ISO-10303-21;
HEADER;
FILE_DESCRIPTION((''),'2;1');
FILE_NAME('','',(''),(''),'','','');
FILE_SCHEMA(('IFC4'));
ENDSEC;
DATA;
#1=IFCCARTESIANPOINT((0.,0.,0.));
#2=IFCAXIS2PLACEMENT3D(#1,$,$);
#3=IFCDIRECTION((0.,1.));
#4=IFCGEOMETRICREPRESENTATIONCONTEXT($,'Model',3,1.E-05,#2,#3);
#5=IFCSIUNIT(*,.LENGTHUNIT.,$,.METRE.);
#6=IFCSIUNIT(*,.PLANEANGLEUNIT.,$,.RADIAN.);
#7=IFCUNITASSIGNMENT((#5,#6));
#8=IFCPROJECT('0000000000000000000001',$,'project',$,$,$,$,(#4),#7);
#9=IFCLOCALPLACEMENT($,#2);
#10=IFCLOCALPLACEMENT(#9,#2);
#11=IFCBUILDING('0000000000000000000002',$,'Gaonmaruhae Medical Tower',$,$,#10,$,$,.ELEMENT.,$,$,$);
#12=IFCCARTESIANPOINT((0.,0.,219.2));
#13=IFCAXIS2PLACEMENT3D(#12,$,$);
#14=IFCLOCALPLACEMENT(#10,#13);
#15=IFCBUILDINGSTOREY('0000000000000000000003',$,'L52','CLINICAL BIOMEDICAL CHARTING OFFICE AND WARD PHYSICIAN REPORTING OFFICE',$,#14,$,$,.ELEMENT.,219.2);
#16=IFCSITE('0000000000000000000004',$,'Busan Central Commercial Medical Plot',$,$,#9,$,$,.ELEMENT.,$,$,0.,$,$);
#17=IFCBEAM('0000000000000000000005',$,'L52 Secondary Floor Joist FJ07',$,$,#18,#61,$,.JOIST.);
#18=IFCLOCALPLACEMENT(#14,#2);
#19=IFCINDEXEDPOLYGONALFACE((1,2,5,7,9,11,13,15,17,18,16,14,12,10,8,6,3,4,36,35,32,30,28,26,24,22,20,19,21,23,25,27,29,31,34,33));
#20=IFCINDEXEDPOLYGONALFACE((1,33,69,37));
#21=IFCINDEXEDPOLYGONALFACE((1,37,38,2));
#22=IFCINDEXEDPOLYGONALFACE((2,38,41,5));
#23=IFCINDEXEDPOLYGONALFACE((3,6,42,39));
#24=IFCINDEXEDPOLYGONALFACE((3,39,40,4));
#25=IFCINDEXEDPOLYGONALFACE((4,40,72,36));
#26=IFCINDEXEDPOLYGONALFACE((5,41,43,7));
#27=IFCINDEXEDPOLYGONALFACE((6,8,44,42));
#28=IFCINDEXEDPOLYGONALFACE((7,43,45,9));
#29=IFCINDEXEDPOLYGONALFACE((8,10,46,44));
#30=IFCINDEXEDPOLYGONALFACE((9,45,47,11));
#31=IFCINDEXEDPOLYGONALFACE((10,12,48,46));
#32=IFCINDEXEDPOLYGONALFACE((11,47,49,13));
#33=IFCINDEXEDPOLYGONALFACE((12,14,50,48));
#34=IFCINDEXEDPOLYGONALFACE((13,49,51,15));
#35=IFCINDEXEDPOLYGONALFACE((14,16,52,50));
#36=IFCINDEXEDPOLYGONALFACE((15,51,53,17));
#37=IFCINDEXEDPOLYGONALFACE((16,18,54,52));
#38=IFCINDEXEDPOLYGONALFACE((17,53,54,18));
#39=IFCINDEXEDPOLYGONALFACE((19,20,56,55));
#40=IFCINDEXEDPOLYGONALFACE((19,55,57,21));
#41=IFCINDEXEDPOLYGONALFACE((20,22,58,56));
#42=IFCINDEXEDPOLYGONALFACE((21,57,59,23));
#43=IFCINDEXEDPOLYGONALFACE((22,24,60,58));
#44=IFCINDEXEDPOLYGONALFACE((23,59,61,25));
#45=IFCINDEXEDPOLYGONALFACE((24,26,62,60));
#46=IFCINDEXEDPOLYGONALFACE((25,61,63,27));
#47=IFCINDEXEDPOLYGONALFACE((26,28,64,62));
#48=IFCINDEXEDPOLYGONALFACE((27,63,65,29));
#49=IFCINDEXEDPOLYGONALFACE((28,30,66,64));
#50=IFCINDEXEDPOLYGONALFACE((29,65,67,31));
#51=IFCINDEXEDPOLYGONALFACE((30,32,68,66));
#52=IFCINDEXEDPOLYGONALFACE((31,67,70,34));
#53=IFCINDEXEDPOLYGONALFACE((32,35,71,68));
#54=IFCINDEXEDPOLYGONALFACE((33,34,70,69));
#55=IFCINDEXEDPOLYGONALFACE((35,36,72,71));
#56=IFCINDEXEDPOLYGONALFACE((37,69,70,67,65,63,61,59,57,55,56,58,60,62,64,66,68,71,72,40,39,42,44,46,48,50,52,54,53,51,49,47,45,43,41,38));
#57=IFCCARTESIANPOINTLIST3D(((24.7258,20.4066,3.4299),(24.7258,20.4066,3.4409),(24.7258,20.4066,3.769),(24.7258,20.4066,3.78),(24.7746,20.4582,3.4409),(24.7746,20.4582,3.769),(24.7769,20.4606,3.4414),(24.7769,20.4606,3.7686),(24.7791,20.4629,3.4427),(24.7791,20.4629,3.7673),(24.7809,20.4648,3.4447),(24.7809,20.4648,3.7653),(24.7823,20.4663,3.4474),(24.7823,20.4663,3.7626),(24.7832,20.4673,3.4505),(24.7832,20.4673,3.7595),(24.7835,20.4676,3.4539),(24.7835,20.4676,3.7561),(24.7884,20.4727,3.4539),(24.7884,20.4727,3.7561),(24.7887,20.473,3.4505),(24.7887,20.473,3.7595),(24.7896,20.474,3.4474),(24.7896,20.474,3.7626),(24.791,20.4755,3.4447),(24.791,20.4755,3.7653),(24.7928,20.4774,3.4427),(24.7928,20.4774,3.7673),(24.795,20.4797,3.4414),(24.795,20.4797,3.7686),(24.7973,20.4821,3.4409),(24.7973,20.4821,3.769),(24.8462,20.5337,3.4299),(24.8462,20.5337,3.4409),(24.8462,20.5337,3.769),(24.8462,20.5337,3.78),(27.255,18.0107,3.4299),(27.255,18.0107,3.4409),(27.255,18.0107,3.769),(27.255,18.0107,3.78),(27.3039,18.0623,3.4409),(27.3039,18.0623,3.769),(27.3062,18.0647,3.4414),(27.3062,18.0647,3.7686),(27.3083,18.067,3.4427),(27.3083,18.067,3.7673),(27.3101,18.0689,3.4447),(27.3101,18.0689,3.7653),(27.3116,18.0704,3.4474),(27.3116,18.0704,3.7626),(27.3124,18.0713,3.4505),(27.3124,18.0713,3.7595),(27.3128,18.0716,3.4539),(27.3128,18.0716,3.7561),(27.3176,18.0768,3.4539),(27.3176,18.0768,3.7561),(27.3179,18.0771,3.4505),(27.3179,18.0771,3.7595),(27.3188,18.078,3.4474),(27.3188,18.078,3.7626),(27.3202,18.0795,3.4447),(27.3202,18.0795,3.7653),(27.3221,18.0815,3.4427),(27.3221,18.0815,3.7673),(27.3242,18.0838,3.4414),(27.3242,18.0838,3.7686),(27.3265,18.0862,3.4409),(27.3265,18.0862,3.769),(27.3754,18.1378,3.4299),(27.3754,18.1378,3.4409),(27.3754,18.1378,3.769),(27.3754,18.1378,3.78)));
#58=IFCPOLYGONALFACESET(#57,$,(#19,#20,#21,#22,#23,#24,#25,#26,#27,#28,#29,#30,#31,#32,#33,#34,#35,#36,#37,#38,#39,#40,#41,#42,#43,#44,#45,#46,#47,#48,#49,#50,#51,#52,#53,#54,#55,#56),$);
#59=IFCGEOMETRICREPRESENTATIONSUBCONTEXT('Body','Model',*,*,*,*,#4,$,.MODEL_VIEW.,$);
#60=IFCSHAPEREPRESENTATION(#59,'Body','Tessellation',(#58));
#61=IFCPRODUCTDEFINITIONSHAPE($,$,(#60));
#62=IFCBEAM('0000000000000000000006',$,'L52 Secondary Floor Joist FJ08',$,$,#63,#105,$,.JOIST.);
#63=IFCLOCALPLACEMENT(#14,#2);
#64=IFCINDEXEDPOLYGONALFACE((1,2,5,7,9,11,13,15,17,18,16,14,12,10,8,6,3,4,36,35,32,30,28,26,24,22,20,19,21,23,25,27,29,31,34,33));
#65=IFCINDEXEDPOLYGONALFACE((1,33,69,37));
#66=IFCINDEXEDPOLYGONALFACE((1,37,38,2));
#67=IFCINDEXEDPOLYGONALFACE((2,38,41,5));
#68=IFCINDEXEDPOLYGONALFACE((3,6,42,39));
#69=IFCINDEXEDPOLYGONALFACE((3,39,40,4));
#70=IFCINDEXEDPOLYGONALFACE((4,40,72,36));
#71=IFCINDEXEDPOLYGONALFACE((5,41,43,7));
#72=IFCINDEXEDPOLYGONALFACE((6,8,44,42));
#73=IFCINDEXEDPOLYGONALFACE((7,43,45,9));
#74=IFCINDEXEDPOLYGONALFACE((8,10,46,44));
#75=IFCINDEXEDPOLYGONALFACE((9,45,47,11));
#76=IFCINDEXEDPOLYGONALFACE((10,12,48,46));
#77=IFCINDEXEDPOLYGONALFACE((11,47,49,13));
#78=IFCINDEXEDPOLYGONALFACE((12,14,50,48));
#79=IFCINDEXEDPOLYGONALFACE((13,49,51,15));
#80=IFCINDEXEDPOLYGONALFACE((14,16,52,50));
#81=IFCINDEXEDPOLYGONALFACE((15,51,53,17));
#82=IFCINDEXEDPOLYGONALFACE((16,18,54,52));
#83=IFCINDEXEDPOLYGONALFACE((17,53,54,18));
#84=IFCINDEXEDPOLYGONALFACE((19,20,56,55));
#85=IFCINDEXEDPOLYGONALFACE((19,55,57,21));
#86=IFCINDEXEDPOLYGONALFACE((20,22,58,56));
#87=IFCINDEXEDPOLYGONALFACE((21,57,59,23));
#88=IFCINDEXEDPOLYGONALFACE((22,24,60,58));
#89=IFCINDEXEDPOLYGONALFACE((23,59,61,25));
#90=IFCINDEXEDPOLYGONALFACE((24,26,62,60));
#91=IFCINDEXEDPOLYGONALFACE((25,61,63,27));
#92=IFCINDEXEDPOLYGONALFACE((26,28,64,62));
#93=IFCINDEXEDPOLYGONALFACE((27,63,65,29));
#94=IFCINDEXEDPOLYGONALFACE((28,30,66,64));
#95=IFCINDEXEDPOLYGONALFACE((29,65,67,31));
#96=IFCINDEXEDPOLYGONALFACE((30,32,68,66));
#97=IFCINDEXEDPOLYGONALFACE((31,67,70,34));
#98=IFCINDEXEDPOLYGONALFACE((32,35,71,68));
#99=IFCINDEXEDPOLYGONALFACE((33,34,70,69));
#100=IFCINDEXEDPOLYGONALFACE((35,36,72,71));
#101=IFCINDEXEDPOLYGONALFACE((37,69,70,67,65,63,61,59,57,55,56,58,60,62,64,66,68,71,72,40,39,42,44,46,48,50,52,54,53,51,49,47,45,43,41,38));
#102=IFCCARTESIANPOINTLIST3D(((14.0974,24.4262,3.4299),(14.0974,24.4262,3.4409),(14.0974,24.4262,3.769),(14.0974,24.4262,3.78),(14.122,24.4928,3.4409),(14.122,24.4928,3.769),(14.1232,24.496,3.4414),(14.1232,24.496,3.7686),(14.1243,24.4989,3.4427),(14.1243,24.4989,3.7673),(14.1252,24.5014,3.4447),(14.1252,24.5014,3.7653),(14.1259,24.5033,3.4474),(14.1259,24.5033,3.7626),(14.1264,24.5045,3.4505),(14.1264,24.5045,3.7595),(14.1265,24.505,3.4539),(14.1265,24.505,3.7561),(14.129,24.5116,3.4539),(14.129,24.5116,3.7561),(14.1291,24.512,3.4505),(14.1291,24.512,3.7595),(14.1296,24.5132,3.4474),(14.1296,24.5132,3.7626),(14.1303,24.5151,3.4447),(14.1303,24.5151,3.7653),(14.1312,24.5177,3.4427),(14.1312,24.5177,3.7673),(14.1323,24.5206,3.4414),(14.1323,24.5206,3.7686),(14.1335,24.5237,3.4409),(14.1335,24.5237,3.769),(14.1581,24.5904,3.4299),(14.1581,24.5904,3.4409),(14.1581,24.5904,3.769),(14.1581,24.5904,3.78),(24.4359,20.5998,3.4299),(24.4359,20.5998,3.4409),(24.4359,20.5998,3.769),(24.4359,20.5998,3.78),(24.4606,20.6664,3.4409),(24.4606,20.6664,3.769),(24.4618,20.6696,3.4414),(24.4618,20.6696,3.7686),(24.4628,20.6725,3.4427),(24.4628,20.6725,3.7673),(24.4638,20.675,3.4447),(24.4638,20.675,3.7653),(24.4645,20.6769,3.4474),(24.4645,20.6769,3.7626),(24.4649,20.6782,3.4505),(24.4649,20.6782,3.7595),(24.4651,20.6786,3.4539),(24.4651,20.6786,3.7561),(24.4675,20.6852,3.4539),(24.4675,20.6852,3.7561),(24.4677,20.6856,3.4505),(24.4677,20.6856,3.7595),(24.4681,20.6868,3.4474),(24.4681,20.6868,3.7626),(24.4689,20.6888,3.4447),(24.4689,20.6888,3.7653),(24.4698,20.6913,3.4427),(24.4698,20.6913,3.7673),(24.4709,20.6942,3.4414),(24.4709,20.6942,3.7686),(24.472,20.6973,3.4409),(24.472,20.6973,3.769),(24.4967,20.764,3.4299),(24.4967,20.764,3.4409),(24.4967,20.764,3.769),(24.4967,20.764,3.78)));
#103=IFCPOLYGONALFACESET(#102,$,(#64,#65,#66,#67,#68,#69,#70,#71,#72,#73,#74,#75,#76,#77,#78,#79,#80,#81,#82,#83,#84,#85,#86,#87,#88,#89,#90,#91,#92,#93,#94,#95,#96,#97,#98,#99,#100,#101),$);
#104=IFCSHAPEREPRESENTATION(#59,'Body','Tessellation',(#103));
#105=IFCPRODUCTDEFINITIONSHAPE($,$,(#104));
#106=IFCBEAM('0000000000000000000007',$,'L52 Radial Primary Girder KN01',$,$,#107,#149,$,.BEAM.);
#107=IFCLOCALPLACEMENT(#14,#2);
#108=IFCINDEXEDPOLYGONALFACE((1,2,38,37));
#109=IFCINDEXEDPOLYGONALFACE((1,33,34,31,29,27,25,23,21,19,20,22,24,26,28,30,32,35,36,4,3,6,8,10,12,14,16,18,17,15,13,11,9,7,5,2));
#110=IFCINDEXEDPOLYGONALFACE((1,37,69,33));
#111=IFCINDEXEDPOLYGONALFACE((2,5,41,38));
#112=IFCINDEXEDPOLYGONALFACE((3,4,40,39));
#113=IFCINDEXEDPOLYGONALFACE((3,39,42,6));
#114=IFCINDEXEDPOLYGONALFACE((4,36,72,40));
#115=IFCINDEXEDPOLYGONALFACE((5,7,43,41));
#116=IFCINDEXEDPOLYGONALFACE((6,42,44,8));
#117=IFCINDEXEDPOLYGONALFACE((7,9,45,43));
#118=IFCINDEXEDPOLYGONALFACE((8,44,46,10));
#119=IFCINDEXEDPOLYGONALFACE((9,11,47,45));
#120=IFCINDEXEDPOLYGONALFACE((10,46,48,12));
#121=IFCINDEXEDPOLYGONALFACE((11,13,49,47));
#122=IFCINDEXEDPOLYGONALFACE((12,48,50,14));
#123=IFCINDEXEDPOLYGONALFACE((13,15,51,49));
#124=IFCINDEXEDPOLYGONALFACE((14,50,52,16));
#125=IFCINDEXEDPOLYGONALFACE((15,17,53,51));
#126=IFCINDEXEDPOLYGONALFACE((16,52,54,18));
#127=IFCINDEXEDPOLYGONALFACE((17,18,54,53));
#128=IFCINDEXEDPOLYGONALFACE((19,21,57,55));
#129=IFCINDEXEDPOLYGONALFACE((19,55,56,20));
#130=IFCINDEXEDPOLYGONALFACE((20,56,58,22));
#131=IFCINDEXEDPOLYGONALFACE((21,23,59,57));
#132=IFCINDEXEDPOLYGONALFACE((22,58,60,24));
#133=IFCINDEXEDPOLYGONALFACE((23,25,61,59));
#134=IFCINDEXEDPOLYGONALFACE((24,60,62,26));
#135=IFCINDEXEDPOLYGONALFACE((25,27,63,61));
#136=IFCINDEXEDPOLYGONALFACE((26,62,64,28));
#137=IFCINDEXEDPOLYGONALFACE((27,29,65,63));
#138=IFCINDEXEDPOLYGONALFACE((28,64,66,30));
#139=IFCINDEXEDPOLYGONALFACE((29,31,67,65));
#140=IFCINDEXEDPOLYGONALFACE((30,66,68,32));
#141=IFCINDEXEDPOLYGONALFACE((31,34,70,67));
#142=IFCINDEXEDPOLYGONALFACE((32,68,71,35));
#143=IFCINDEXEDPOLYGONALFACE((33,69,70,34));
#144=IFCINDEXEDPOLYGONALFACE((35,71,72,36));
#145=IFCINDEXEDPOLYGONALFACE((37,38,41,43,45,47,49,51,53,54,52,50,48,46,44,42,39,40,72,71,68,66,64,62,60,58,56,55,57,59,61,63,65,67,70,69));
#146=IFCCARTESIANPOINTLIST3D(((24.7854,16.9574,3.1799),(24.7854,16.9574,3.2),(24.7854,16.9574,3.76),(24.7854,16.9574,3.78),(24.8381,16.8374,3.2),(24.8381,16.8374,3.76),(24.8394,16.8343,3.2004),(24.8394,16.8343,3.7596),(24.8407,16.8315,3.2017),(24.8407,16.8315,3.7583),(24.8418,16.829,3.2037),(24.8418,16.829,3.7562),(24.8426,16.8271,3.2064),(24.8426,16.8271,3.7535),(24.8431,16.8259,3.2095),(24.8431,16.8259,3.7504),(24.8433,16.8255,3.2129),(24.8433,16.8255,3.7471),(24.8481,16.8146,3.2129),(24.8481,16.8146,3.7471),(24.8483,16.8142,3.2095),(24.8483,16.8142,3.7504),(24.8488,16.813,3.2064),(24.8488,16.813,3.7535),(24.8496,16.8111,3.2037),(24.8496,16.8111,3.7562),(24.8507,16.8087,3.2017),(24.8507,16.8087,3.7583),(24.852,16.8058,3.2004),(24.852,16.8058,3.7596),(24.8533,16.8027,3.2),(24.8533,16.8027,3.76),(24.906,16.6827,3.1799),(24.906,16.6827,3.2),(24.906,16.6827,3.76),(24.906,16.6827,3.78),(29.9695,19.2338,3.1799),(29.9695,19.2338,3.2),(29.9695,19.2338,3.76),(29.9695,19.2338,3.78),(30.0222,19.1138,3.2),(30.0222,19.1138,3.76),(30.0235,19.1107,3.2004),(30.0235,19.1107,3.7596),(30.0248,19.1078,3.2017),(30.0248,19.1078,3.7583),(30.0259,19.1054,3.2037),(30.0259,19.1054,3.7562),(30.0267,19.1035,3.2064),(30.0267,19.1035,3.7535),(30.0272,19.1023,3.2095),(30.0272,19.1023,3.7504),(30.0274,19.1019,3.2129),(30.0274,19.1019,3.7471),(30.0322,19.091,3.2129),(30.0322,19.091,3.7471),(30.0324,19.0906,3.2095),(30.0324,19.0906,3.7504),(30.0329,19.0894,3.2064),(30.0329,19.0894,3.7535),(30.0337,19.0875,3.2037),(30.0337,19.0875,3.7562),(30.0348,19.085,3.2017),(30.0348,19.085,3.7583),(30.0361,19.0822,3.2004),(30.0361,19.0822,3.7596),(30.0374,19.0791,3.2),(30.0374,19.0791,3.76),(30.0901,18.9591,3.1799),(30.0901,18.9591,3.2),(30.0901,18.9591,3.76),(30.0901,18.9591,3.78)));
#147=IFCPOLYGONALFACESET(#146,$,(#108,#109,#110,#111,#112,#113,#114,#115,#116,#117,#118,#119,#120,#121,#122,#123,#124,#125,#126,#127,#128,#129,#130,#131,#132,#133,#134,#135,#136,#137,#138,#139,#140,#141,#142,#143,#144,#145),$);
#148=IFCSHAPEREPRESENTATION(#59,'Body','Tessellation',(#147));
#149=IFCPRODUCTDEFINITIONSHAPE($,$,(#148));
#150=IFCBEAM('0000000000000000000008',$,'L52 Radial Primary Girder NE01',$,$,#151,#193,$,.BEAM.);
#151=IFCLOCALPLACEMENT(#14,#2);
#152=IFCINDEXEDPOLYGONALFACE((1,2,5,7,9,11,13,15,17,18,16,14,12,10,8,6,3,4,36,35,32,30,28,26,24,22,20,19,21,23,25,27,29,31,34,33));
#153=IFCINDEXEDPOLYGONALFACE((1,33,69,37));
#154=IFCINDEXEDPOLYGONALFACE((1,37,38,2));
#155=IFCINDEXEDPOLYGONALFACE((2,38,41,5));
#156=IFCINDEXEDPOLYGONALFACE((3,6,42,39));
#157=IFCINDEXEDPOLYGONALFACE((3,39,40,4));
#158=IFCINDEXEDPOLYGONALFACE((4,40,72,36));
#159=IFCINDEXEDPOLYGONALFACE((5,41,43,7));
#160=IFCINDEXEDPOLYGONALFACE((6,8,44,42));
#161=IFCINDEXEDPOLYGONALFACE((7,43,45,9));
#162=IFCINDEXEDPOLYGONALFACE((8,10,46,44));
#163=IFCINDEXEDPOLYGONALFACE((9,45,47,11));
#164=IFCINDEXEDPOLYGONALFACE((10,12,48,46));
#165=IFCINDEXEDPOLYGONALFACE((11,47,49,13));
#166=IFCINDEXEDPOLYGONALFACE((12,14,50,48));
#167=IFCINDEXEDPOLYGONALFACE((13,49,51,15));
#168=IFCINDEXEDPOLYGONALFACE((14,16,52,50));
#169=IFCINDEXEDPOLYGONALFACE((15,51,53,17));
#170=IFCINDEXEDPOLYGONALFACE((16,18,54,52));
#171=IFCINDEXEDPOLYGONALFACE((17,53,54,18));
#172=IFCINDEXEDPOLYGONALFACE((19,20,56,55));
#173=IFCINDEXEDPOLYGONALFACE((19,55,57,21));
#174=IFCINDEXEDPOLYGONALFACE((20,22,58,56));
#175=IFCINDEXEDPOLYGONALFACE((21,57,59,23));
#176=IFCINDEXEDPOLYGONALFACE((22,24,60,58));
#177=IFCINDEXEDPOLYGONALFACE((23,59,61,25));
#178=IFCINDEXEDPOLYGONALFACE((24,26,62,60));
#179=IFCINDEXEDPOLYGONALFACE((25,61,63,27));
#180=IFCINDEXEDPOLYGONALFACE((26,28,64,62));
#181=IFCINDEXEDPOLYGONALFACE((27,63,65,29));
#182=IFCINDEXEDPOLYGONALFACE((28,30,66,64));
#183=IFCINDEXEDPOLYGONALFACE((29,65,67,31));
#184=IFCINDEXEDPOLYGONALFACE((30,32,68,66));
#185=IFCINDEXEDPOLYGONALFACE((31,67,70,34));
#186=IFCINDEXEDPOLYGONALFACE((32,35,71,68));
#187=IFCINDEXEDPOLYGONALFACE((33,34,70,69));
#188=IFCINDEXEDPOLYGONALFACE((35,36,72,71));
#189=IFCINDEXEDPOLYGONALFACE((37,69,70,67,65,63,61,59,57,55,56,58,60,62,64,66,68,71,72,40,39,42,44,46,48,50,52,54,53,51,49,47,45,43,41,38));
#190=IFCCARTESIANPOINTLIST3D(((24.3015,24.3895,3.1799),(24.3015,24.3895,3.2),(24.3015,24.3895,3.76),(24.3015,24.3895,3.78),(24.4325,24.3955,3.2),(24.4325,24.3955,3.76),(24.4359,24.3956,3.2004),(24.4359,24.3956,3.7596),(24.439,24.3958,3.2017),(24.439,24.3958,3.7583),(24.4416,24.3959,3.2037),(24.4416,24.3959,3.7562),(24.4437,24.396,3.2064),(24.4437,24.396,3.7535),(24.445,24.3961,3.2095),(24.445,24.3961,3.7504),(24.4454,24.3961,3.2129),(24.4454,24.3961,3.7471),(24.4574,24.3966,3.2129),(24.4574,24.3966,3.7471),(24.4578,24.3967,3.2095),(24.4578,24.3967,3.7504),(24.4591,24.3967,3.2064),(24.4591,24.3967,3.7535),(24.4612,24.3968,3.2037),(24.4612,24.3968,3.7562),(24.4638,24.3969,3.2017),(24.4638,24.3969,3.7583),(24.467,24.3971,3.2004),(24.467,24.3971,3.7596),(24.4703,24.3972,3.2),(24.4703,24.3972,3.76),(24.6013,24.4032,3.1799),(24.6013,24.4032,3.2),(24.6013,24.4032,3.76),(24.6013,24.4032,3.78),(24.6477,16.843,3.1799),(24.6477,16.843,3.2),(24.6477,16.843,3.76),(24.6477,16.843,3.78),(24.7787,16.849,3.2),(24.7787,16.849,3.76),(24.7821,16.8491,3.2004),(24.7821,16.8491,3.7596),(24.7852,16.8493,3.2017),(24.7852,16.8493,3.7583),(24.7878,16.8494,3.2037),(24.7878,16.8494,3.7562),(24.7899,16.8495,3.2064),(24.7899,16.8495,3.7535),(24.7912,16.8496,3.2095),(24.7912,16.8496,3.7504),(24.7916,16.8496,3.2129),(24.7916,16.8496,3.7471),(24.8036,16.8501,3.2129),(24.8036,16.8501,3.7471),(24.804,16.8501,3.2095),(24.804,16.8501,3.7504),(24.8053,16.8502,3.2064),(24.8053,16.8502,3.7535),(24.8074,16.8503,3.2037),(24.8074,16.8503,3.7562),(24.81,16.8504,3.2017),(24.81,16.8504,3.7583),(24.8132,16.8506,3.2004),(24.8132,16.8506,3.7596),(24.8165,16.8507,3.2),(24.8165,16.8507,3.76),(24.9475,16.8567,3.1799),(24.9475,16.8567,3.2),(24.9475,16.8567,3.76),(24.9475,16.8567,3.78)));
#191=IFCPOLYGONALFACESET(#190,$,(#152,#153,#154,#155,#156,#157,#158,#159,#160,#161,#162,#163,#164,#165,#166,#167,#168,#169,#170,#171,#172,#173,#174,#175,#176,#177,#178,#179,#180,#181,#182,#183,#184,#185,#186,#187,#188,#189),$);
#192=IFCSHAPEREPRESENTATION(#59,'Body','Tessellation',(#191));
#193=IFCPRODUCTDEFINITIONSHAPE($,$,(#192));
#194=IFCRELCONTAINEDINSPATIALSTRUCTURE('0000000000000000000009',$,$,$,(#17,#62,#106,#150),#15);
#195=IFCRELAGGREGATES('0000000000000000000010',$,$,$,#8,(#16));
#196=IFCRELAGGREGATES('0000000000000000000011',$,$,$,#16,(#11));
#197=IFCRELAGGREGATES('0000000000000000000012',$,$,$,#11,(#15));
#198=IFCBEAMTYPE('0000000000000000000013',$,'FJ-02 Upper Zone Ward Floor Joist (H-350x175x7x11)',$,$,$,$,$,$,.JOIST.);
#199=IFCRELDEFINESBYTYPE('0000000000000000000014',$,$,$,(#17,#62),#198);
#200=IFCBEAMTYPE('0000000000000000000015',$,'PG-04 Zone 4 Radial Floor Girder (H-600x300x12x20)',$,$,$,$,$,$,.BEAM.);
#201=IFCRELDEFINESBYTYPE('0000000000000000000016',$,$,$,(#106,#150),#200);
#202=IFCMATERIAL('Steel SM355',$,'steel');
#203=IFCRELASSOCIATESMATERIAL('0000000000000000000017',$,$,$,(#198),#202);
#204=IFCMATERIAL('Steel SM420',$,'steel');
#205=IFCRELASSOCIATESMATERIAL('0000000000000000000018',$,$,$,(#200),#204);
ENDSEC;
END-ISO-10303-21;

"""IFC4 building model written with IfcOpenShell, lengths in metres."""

from ifc_helpers import new_model, si_unit, direction, frame, origin, origin_2d, place, context, subcontext, project, spatial, i_section, extrude, material, material_profile, profile_set, type_object, element, save


model = new_model("IFC4")

# Units and contexts
model_context = context("Model", 3, precision=1e-05, world=origin(), true_north=direction((0.0, 1.0)))
body_context = subcontext(model_context, "Body", "Model", "MODEL_VIEW")
ifc_project = project(units=[si_unit("LENGTHUNIT", "METRE"), si_unit("PLANEANGLEUNIT", "RADIAN")], contexts=[model_context])

# Site, building, storey
site_placement = place(None, origin())
site = spatial("IfcSite", under=ifc_project, at=site_placement, Name="Busan Central Commercial Medical Plot", CompositionType="ELEMENT", RefElevation=0.0)
building_placement = place(site_placement, origin())
building = spatial("IfcBuilding", under=site, at=building_placement, Name="Gaonmaruhae Medical Tower", CompositionType="ELEMENT")
storey_placement = place(building_placement, frame((0.0, 0.0, 219.2)))
storey = spatial("IfcBuildingStorey", under=building, at=storey_placement, Name="L52", Description="CLINICAL BIOMEDICAL CHARTING OFFICE AND WARD PHYSICIAN REPORTING OFFICE", CompositionType="ELEMENT", Elevation=219.2)

# Beams
ifc_material_1 = material(Name="Steel SM355", Category="steel")
ifc_material_profile_1 = material_profile(ifc_material_1, i_section(OverallWidth=0.175, OverallDepth=0.3501, WebThickness=0.0071, FlangeThickness=0.011, FilletRadius=0.0129, at=origin_2d()), Name="H-350x175x7x11")
ifc_profile_set_1 = profile_set([ifc_material_profile_1], Name="Steel SM355")
beam_type_1 = type_object("IfcBeamType", Name="FJ-02 Upper Zone Ward Floor Joist (H-350x175x7x11)", PredefinedType="JOIST", material=ifc_profile_set_1)
beam_1_placement = place(storey_placement, frame((27.3152, 18.0742, 3.605), z_axis=(-0.725978, 0.687717, 0.0), x_axis=(-0.687717, -0.725978, 0.0)))
element("IfcBeam", 1, at=beam_1_placement, inside=storey, type_object=beam_type_1, Name="L52 Secondary Floor Joist FJ07", PredefinedType="JOIST", context=body_context, shape_type="SweptSolid", body=[
    extrude(i_section(OverallWidth=0.175, OverallDepth=0.3501, WebThickness=0.0071, FlangeThickness=0.011, FilletRadius=0.0129, at=origin_2d()), origin(), (0.0, 0.0, 1.0), 3.4839),
])
beam_2_placement = place(storey_placement, frame((24.4663, 20.6819, 3.605), z_axis=(-0.937829, 0.347099, 0.0), x_axis=(-0.347099, -0.937829, 0.0)))
element("IfcBeam", 2, at=beam_2_placement, inside=storey, type_object=beam_type_1, Name="L52 Secondary Floor Joist FJ08", PredefinedType="JOIST", context=body_context, shape_type="SweptSolid", body=[
    extrude(i_section(OverallWidth=0.175, OverallDepth=0.3501, WebThickness=0.0071, FlangeThickness=0.011, FilletRadius=0.0129, at=origin_2d()), origin(), (0.0, 0.0, 1.0), 11.0239),
])
ifc_material_2 = material(Name="Steel SM420", Category="steel")
ifc_material_profile_2 = material_profile(ifc_material_2, i_section(OverallWidth=0.3, OverallDepth=0.6001, WebThickness=0.012, FlangeThickness=0.02, FilletRadius=0.0129, at=origin_2d()), Name="H-600x300x12x20")
ifc_profile_set_2 = profile_set([ifc_material_profile_2], Name="Steel SM420")
beam_type_2 = type_object("IfcBeamType", Name="PG-04 Zone 4 Radial Floor Girder (H-600x300x12x20)", PredefinedType="BEAM", material=ifc_profile_set_2)
beam_3_placement = place(storey_placement, frame((24.8457, 16.8201, 3.48), z_axis=(0.915616, 0.402054, 0.0), x_axis=(-0.402054, 0.915616, 0.0)))
element("IfcBeam", 3, at=beam_3_placement, inside=storey, type_object=beam_type_2, Name="L52 Radial Primary Girder KN01", PredefinedType="BEAM", context=body_context, shape_type="SweptSolid", body=[
    extrude(i_section(OverallWidth=0.3, OverallDepth=0.6001, WebThickness=0.012, FlangeThickness=0.02, FilletRadius=0.0129, at=origin_2d()), origin(), (0.0, 0.0, 1.0), 5.6619),
])
beam_4_placement = place(storey_placement, frame((24.7976, 16.8499, 3.48), z_axis=(-0.045827, 0.998949, 0.0), x_axis=(-0.998949, -0.045827, 0.0)))
element("IfcBeam", 4, at=beam_4_placement, inside=storey, type_object=beam_type_2, Name="L52 Radial Primary Girder NE01", PredefinedType="BEAM", context=body_context, shape_type="SweptSolid", body=[
    extrude(i_section(OverallWidth=0.3, OverallDepth=0.6001, WebThickness=0.012, FlangeThickness=0.02, FilletRadius=0.0129, at=origin_2d()), origin(), (0.0, 0.0, 1.0), 7.5544),
])

save(model, "model.ifc")
